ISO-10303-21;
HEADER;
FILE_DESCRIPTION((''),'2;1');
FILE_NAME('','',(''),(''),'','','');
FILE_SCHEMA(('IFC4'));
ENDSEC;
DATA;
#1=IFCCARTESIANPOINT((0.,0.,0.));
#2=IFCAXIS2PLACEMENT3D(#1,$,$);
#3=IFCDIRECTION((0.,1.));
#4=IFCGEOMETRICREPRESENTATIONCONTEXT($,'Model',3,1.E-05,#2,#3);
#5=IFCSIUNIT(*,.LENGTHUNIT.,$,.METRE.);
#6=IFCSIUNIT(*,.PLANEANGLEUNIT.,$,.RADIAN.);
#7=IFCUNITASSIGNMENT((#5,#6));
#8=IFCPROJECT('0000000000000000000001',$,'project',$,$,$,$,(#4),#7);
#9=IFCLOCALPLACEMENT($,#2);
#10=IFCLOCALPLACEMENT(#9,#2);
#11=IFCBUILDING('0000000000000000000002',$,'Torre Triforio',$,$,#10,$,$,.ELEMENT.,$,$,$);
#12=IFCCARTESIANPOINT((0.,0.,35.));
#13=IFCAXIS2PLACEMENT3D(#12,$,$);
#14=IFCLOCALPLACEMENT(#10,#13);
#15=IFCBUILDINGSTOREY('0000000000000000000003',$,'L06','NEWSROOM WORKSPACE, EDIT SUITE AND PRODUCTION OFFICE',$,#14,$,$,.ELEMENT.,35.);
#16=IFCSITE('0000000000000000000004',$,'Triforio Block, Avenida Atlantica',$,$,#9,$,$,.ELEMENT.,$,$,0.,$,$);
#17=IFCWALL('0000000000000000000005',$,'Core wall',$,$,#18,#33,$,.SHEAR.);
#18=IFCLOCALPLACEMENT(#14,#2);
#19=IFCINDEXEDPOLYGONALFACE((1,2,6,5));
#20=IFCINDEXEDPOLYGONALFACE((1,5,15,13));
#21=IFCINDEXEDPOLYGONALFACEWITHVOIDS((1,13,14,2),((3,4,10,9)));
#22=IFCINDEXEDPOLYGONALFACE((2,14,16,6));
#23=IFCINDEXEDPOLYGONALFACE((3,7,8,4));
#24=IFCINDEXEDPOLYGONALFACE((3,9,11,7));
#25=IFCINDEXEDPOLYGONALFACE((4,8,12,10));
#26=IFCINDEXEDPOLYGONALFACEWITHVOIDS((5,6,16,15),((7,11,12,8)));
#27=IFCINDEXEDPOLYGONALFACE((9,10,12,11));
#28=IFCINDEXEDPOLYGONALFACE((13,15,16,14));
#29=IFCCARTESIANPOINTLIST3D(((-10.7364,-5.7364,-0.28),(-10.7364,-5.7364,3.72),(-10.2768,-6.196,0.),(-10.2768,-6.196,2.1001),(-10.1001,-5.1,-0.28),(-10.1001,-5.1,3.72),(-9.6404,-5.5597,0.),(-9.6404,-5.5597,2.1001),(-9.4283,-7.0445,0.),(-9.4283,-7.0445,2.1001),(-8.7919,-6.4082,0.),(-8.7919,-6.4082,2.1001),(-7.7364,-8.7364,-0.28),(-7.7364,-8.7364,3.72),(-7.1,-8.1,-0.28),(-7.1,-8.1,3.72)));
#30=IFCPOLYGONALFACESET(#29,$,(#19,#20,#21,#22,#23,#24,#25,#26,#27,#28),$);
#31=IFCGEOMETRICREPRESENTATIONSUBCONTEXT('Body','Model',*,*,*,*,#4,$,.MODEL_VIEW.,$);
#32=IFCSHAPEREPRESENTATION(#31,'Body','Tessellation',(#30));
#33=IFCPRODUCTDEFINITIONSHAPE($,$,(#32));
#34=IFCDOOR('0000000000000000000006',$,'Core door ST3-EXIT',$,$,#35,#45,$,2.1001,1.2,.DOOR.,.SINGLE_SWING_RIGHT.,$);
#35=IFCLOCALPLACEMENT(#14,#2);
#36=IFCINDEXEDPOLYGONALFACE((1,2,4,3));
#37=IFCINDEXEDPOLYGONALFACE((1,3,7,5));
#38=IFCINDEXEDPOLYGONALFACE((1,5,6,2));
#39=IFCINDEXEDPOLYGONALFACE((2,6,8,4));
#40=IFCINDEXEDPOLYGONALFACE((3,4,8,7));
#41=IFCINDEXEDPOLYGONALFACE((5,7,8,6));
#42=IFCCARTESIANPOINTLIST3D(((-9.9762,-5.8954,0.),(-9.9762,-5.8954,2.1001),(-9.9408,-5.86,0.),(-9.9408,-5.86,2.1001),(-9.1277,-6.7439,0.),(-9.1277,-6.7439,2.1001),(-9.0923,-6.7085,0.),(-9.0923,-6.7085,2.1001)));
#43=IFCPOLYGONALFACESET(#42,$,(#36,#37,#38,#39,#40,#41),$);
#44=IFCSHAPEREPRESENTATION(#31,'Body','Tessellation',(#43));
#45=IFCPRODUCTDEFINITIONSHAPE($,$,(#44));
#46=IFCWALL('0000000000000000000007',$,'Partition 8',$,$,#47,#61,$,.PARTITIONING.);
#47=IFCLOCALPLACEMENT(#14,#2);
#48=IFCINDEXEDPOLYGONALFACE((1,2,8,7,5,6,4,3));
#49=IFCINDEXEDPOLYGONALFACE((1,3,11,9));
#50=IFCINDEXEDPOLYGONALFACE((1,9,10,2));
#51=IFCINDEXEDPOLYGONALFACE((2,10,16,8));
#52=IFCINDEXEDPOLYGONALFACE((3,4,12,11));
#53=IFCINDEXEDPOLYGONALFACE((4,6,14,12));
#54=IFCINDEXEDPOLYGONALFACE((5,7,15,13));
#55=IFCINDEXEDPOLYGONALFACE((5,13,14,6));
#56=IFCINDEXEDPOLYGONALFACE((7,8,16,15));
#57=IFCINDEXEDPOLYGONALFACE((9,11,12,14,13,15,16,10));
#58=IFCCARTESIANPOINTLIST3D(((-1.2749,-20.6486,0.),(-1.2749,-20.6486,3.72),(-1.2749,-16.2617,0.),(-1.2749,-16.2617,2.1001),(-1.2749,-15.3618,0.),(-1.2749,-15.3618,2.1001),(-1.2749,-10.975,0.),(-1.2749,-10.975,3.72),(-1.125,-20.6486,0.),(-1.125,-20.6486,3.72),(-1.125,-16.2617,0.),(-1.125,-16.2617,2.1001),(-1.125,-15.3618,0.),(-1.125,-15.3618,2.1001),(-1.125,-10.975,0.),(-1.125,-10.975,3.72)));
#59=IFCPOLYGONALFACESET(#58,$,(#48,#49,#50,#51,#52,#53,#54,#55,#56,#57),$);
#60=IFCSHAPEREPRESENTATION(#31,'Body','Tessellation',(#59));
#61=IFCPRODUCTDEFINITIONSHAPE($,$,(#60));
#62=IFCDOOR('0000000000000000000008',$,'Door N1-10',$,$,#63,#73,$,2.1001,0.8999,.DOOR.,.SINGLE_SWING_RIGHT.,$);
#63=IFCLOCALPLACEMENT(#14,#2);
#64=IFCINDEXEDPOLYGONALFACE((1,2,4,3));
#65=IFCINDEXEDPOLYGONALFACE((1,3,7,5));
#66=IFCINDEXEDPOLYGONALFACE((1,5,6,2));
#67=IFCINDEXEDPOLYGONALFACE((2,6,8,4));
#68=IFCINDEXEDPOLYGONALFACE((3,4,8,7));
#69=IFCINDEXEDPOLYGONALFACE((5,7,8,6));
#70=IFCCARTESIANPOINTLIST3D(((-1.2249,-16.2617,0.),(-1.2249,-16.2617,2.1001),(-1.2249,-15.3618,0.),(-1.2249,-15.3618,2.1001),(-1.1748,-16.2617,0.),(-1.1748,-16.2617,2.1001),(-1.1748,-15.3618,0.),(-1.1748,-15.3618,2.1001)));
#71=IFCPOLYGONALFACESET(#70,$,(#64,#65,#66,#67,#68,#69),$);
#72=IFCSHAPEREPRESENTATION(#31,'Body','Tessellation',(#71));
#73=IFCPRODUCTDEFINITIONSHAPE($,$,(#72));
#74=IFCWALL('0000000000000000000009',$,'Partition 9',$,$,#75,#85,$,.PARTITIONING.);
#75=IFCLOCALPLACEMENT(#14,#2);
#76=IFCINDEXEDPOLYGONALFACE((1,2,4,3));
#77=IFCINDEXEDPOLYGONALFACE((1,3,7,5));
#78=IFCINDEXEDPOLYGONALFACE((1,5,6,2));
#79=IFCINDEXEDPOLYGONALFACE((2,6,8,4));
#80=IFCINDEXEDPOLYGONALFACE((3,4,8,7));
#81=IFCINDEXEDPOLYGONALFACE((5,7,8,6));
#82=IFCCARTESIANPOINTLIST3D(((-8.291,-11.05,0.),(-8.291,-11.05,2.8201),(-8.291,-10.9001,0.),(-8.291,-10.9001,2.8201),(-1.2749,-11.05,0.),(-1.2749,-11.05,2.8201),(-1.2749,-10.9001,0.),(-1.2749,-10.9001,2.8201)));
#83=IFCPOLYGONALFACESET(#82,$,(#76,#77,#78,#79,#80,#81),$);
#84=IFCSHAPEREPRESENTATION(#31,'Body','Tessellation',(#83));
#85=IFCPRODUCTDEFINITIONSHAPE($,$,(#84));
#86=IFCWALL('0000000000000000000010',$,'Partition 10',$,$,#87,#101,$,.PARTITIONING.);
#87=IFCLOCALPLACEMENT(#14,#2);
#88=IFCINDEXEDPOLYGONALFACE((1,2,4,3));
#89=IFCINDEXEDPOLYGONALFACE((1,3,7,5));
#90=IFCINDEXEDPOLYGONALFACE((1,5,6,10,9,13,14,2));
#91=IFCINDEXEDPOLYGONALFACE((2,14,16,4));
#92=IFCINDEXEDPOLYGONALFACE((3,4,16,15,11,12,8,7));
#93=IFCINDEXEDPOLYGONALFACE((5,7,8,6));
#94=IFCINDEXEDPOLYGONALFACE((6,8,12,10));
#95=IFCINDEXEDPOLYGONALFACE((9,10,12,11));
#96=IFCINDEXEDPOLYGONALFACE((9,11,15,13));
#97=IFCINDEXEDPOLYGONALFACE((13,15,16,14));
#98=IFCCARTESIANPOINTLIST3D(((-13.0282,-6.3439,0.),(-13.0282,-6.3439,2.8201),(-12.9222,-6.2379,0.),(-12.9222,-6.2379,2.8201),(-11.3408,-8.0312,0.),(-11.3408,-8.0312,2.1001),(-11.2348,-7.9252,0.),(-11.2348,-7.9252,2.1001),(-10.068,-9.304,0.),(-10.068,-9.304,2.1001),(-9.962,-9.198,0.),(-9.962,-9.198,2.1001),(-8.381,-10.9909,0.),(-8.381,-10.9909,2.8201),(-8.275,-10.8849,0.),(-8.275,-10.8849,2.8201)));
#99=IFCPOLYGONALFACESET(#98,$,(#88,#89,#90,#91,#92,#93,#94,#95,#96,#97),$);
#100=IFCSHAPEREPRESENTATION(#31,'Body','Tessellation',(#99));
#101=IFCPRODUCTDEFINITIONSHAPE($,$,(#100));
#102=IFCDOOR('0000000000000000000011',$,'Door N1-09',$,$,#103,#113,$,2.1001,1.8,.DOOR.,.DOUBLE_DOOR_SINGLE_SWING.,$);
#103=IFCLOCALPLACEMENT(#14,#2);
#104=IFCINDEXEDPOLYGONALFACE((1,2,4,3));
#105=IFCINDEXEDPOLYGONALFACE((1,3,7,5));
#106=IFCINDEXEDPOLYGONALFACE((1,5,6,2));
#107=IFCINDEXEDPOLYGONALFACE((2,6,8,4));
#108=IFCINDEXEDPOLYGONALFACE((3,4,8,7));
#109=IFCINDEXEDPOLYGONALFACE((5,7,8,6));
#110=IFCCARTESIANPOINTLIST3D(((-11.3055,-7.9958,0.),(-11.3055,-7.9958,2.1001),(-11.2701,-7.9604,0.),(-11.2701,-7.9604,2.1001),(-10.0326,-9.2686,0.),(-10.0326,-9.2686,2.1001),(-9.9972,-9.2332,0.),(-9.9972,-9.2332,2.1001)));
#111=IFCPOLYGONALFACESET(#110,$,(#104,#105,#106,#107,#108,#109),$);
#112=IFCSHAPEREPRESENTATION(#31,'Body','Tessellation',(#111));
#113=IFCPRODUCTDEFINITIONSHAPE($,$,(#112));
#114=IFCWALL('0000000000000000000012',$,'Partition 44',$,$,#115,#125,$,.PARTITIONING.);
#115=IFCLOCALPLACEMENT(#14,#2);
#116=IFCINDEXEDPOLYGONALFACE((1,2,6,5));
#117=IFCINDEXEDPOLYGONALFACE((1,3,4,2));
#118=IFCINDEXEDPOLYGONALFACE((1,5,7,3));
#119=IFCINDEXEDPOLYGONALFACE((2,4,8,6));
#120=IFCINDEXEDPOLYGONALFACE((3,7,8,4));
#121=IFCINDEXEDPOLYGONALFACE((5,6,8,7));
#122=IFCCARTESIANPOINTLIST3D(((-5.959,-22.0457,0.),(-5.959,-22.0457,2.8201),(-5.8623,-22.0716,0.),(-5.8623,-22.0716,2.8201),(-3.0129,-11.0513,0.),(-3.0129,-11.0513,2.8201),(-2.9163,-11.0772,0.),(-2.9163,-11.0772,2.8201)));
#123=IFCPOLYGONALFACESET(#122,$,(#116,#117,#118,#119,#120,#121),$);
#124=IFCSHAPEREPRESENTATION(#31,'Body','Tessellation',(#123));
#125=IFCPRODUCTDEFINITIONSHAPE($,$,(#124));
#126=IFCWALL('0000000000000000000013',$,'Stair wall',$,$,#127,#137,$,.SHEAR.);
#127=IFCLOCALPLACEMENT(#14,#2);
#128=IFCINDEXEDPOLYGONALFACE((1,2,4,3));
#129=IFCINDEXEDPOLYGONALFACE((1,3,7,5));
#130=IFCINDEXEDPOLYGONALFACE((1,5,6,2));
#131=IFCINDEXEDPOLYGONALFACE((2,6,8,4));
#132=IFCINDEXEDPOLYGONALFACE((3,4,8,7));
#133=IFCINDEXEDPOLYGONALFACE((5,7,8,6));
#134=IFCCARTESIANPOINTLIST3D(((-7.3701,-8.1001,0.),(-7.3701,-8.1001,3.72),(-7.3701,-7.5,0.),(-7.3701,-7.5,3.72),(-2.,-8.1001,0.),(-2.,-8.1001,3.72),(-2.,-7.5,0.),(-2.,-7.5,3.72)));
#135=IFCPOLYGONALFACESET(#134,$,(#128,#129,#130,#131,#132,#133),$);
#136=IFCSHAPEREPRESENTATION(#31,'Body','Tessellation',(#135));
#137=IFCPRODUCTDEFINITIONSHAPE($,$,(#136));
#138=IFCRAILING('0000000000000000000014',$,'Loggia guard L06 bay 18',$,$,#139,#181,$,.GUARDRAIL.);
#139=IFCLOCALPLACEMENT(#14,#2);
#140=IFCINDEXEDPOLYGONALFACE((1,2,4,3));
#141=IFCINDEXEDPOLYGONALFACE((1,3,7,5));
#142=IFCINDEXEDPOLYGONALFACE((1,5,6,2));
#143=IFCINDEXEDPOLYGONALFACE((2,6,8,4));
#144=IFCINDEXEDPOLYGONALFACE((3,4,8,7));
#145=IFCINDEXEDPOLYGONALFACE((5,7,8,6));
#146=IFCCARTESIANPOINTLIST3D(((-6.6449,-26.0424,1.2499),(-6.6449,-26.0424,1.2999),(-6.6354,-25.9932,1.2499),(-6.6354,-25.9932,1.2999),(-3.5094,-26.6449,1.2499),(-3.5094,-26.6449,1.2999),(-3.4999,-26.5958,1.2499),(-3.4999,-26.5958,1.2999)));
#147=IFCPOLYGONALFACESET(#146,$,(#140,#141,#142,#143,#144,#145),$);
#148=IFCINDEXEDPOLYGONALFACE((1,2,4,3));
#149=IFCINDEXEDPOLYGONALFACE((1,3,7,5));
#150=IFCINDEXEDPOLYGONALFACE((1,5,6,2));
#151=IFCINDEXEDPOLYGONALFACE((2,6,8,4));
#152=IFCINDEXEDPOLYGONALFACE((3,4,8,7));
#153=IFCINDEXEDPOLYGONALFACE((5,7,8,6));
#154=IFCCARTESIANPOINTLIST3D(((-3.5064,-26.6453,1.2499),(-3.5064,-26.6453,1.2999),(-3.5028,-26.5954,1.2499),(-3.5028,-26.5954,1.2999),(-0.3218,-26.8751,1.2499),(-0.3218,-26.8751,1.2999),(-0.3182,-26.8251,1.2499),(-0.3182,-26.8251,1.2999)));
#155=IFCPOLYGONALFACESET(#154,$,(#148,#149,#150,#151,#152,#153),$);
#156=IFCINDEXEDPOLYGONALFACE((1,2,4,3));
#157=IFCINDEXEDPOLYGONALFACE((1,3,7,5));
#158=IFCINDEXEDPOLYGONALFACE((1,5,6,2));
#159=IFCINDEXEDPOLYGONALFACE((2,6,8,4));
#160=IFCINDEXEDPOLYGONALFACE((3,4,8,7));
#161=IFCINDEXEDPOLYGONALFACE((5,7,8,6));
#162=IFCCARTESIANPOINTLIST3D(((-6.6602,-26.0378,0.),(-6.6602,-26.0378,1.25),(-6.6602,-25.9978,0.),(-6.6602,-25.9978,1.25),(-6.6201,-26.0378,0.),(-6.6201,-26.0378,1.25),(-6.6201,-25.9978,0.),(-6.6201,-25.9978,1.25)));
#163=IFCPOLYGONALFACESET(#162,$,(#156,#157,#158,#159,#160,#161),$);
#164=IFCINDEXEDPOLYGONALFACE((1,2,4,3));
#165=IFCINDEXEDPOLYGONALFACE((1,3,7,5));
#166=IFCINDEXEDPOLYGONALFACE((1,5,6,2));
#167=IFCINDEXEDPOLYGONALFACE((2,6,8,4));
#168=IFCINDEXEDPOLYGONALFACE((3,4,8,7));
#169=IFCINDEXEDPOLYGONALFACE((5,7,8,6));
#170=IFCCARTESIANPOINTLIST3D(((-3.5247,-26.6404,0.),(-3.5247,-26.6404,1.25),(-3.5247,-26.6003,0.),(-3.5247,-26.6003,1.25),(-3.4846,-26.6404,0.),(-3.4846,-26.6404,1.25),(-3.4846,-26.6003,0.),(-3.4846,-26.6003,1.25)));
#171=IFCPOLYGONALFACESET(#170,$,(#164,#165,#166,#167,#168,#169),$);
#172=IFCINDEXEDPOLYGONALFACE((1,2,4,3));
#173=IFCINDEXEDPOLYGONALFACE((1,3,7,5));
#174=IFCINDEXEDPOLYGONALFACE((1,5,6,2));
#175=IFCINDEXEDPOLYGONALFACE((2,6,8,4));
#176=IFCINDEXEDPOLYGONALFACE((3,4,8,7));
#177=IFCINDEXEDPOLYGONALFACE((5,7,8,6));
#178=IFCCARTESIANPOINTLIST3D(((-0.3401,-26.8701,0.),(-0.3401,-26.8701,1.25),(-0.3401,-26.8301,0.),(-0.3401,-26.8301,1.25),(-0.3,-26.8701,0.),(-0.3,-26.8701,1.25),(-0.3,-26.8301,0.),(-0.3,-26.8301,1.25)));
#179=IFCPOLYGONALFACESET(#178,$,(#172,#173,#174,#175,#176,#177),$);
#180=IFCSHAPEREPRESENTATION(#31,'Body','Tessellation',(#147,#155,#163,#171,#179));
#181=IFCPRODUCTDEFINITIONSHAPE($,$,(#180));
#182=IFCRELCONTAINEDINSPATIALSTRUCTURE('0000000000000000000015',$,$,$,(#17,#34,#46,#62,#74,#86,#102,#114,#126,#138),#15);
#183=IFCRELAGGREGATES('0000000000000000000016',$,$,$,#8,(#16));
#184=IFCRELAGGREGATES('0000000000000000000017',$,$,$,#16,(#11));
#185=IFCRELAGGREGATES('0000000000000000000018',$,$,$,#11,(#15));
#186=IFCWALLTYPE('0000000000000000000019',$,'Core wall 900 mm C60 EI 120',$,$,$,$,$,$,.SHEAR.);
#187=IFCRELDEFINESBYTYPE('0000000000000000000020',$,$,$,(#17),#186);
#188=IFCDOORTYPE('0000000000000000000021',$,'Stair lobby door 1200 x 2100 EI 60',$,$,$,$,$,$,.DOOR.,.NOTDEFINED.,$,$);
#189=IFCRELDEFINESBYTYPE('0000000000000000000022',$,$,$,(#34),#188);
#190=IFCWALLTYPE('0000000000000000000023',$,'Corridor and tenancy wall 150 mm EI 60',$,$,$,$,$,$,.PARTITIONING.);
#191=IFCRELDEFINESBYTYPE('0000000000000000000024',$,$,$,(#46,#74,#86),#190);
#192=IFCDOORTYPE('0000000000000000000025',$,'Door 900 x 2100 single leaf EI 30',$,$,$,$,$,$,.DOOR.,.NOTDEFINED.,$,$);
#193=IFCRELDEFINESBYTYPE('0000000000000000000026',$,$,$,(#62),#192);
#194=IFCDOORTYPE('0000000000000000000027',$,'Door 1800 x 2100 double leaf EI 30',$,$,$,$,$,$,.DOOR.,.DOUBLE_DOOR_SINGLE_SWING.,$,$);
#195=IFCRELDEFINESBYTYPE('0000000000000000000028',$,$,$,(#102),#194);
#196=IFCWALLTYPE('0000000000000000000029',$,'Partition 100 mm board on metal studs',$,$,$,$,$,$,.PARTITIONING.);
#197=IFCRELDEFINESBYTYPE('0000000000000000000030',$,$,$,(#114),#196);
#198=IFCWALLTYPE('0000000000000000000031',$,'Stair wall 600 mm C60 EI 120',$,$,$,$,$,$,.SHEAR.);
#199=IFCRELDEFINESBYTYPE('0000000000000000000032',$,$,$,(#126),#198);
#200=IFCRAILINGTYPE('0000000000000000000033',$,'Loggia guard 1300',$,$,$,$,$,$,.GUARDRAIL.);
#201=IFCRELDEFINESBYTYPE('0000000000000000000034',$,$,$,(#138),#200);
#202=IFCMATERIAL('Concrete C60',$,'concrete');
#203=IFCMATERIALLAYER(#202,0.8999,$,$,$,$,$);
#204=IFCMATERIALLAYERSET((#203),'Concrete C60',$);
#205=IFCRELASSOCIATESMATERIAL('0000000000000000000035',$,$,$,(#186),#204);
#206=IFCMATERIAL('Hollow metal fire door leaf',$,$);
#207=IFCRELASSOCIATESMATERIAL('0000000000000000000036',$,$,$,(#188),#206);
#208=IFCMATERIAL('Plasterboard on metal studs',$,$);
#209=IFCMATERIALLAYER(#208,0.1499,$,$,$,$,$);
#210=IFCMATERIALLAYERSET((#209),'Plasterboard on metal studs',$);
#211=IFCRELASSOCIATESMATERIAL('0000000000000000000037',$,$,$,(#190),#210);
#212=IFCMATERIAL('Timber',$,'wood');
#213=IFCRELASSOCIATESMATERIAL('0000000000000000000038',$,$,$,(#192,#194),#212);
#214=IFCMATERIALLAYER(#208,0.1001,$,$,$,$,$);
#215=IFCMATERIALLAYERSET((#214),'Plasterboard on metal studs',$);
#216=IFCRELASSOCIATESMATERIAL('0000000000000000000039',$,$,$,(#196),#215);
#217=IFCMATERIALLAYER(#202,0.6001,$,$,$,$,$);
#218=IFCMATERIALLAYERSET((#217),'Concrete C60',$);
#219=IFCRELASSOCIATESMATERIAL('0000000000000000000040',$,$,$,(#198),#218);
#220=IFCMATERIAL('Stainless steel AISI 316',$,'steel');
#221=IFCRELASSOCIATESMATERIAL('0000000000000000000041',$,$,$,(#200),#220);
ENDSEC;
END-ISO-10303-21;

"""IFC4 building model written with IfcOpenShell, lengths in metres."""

from ifc_helpers import new_model, si_unit, direction, frame, frame_2d, origin, origin_2d, place, context, subcontext, project, spatial, rectangle, extrude, material, layer, layer_set, type_object, element, fill, save


model = new_model("IFC4")

# Units and contexts
model_context = context("Model", 3, precision=1e-05, world=origin(), true_north=direction((0.0, 1.0)))
body_context = subcontext(model_context, "Body", "Model", "MODEL_VIEW")
ifc_project = project(units=[si_unit("LENGTHUNIT", "METRE"), si_unit("PLANEANGLEUNIT", "RADIAN")], contexts=[model_context])

# Site, building, storey
site_placement = place(None, origin())
site = spatial("IfcSite", under=ifc_project, at=site_placement, Name="Triforio Block, Avenida Atlantica", CompositionType="ELEMENT", RefElevation=0.0)
building_placement = place(site_placement, origin())
building = spatial("IfcBuilding", under=site, at=building_placement, Name="Torre Triforio", CompositionType="ELEMENT")
storey_placement = place(building_placement, frame((0.0, 0.0, 35.0)))
storey = spatial("IfcBuildingStorey", under=building, at=storey_placement, Name="L06", Description="NEWSROOM WORKSPACE, EDIT SUITE AND PRODUCTION OFFICE", CompositionType="ELEMENT", Elevation=35.0)

# Shared definitions
ifc_material_1 = material(Name="Concrete C60", Category="concrete")

# Shared definitions
ifc_layer_1 = layer(ifc_material_1, 0.8999)
ifc_layer_set_1 = layer_set([ifc_layer_1], Name="Concrete C60")
wall_type_1 = type_object("IfcWallType", Name="Core wall 900 mm C60 EI 120", PredefinedType="SHEAR", material=ifc_layer_set_1)
ifc_material_2 = material(Name="Hollow metal fire door leaf")

# Walls, openings, doors
wall_1_placement = place(storey_placement, frame((-7.4182, -8.4182, -0.28), z_axis=(0.0, 0.0, 1.0), x_axis=(-0.707107, 0.707107, 0.0)))
wall_1 = element("IfcWall", 1, at=wall_1_placement, inside=storey, type_object=wall_type_1, Name="Core wall", PredefinedType="SHEAR", context=body_context, shape_type="SweptSolid", body=[
    extrude(rectangle(XDim=4.2427, YDim=0.8999, at=frame_2d((2.1213, 0.0))), origin(), (0.0, 0.0, 1.0), 4.0),
])
opening_1_placement = place(wall_1_placement, frame((2.3926, 0.0, 0.28)))
opening_1 = element("IfcOpeningElement", 2, at=opening_1_placement, cuts=wall_1, PredefinedType="OPENING", context=body_context, shape_type="SweptSolid", body=[
    extrude(rectangle(XDim=1.2, YDim=2.1001, at=frame_2d((0.6001, 1.05))), frame((0.0, 0.46, 0.0), z_axis=(0.0, -1.0, 0.0), x_axis=(1.0, 0.0, 0.0)), (0.0, 0.0, 1.0), 0.9199),
])
door_type_1 = type_object("IfcDoorType", Name="Stair lobby door 1200 x 2100 EI 60", OperationType="NOTDEFINED", PredefinedType="DOOR", material=ifc_material_2)
door_1_placement = place(opening_1_placement, origin())
door_1 = element("IfcDoor", 3, at=door_1_placement, inside=storey, type_object=door_type_1, Name="Core door ST3-EXIT", OperationType="SINGLE_SWING_RIGHT", OverallHeight=2.1001, OverallWidth=1.2, PredefinedType="DOOR", context=body_context, shape_type="SweptSolid", body=[
    extrude(rectangle(XDim=1.2, YDim=2.1001, at=frame_2d((0.6001, 1.05))), frame((0.0, 0.0249, 0.0), z_axis=(0.0, -1.0, 0.0), x_axis=(1.0, 0.0, 0.0)), (0.0, 0.0, 1.0), 0.05),
])
fill(opening_1, door_1)
ifc_material_3 = material(Name="Plasterboard on metal studs")
ifc_layer_2 = layer(ifc_material_3, 0.1499)
ifc_layer_set_2 = layer_set([ifc_layer_2], Name="Plasterboard on metal studs")
wall_type_2 = type_object("IfcWallType", Name="Corridor and tenancy wall 150 mm EI 60", PredefinedType="PARTITIONING", material=ifc_layer_set_2)
wall_2_placement = place(storey_placement, frame((-1.2, -20.6487, 0.0), z_axis=(0.0, 0.0, 1.0), x_axis=(0.0, 1.0, 0.0)))
wall_2 = element("IfcWall", 4, at=wall_2_placement, inside=storey, type_object=wall_type_2, Name="Partition 8", PredefinedType="PARTITIONING", context=body_context, shape_type="SweptSolid", body=[
    extrude(rectangle(XDim=9.6736, YDim=0.1499, at=frame_2d((4.8369, 0.0))), origin(), (0.0, 0.0, 1.0), 3.72),
])
opening_2_placement = place(wall_2_placement, frame((4.387, 0.0, 0.0)))
opening_2 = element("IfcOpeningElement", 5, at=opening_2_placement, cuts=wall_2, PredefinedType="OPENING", context=body_context, shape_type="SweptSolid", body=[
    extrude(rectangle(XDim=0.8999, YDim=2.1001, at=frame_2d((0.45, 1.05))), frame((0.0, 0.085, 0.0), z_axis=(0.0, -1.0, 0.0), x_axis=(1.0, 0.0, 0.0)), (0.0, 0.0, 1.0), 0.1699),
])
ifc_material_4 = material(Name="Timber", Category="wood")
door_type_2 = type_object("IfcDoorType", Name="Door 900 x 2100 single leaf EI 30", OperationType="NOTDEFINED", PredefinedType="DOOR", material=ifc_material_4)
door_2_placement = place(opening_2_placement, origin())
door_2 = element("IfcDoor", 6, at=door_2_placement, inside=storey, type_object=door_type_2, Name="Door N1-10", OperationType="SINGLE_SWING_RIGHT", OverallHeight=2.1001, OverallWidth=0.8999, PredefinedType="DOOR", context=body_context, shape_type="SweptSolid", body=[
    extrude(rectangle(XDim=0.8999, YDim=2.1001, at=frame_2d((0.45, 1.05))), frame((0.0, 0.0249, 0.0), z_axis=(0.0, -1.0, 0.0), x_axis=(1.0, 0.0, 0.0)), (0.0, 0.0, 1.0), 0.05),
])
fill(opening_2, door_2)

# Wall
wall_3_placement = place(storey_placement, frame((-1.2749, -10.9751, 0.0), z_axis=(0.0, 0.0, 1.0), x_axis=(-1.0, 0.0, 0.0)))
element("IfcWall", 7, at=wall_3_placement, inside=storey, type_object=wall_type_2, Name="Partition 9", PredefinedType="PARTITIONING", context=body_context, shape_type="SweptSolid", body=[
    extrude(rectangle(XDim=7.0161, YDim=0.1499, at=frame_2d((3.5081, 0.0))), origin(), (0.0, 0.0, 1.0), 2.8201),
])

# Wall, opening, door
wall_4_placement = place(storey_placement, frame((-8.3279, -10.938, 0.0), z_axis=(0.0, 0.0, 1.0), x_axis=(-0.707125, 0.707088, 0.0)))
wall_4 = element("IfcWall", 8, at=wall_4_placement, inside=storey, type_object=wall_type_2, Name="Partition 10", PredefinedType="PARTITIONING", context=body_context, shape_type="SweptSolid", body=[
    extrude(rectangle(XDim=6.572, YDim=0.1499, at=frame_2d((3.2861, 0.0))), origin(), (0.0, 0.0, 1.0), 2.8201),
])
opening_3_placement = place(wall_4_placement, frame((2.386, 0.0, 0.0)))
opening_3 = element("IfcOpeningElement", 9, at=opening_3_placement, cuts=wall_4, PredefinedType="OPENING", context=body_context, shape_type="SweptSolid", body=[
    extrude(rectangle(XDim=1.8, YDim=2.1001, at=frame_2d((0.8999, 1.05))), frame((0.0, 0.085, 0.0), z_axis=(0.0, -1.0, 0.0), x_axis=(1.0, 0.0, 0.0)), (0.0, 0.0, 1.0), 0.1699),
])
door_type_3 = type_object("IfcDoorType", Name="Door 1800 x 2100 double leaf EI 30", OperationType="DOUBLE_DOOR_SINGLE_SWING", PredefinedType="DOOR", material=ifc_material_4)
door_3_placement = place(opening_3_placement, origin())
door_3 = element("IfcDoor", 10, at=door_3_placement, inside=storey, type_object=door_type_3, Name="Door N1-09", OperationType="DOUBLE_DOOR_SINGLE_SWING", OverallHeight=2.1001, OverallWidth=1.8, PredefinedType="DOOR", context=body_context, shape_type="SweptSolid", body=[
    extrude(rectangle(XDim=1.8, YDim=2.1001, at=frame_2d((0.8999, 1.05))), frame((0.0, 0.0249, 0.0), z_axis=(0.0, -1.0, 0.0), x_axis=(1.0, 0.0, 0.0)), (0.0, 0.0, 1.0), 0.05),
])
fill(opening_3, door_3)

# Walls
ifc_layer_3 = layer(ifc_material_3, 0.1001)
ifc_layer_set_3 = layer_set([ifc_layer_3], Name="Plasterboard on metal studs")
wall_type_3 = type_object("IfcWallType", Name="Partition 100 mm board on metal studs", PredefinedType="PARTITIONING", material=ifc_layer_set_3)
wall_5_placement = place(storey_placement, frame((-2.9646, -11.0642, 0.0), z_axis=(0.0, 0.0, 1.0), x_axis=(-0.258828, -0.965923, 0.0)))
element("IfcWall", 11, at=wall_5_placement, inside=storey, type_object=wall_type_3, Name="Partition 44", PredefinedType="PARTITIONING", context=body_context, shape_type="SweptSolid", body=[
    extrude(rectangle(XDim=11.3823, YDim=0.1001, at=frame_2d((5.6912, 0.0))), origin(), (0.0, 0.0, 1.0), 2.8201),
])
ifc_layer_4 = layer(ifc_material_1, 0.6001)
ifc_layer_set_4 = layer_set([ifc_layer_4], Name="Concrete C60")
wall_type_4 = type_object("IfcWallType", Name="Stair wall 600 mm C60 EI 120", PredefinedType="SHEAR", material=ifc_layer_set_4)
wall_6_placement = place(storey_placement, frame((-7.3701, -7.8, 0.0), z_axis=(0.0, 0.0, 1.0), x_axis=(1.0, 0.0, 0.0)))
element("IfcWall", 12, at=wall_6_placement, inside=storey, type_object=wall_type_4, Name="Stair wall", PredefinedType="SHEAR", context=body_context, shape_type="SweptSolid", body=[
    extrude(rectangle(XDim=5.3701, YDim=0.6001, at=frame_2d((2.6851, 0.0))), origin(), (0.0, 0.0, 1.0), 3.72),
])

# Railing
ifc_material_5 = material(Name="Stainless steel AISI 316", Category="steel")
railing_type = type_object("IfcRailingType", Name="Loggia guard 1300", PredefinedType="GUARDRAIL", material=ifc_material_5)
railing_placement = place(storey_placement, frame((-6.6401, -26.0178, 0.0)))
element("IfcRailing", 13, at=railing_placement, inside=storey, type_object=railing_type, Name="Loggia guard L06 bay 18", PredefinedType="GUARDRAIL", context=body_context, shape_type="SweptSolid", body=[
    extrude(rectangle(XDim=0.05, YDim=0.05, at=origin_2d()), frame((0.0, 0.0, 1.2749), z_axis=(0.982032, -0.188714, 0.0), x_axis=(0.188714, 0.982032, 0.0)), (0.0, 0.0, 1.0), 3.1929),
    extrude(rectangle(XDim=0.05, YDim=0.05, at=origin_2d()), frame((3.1355, -0.6025, 1.2749), z_axis=(0.997408, -0.071953, 0.0), x_axis=(0.071953, 0.997408, 0.0)), (0.0, 0.0, 1.0), 3.1929),
    extrude(rectangle(XDim=0.04, YDim=0.04, at=origin_2d()), origin(), (0.0, 0.0, 1.0), 1.25),
    extrude(rectangle(XDim=0.04, YDim=0.04, at=origin_2d()), frame((3.1355, -0.6025, 0.0)), (0.0, 0.0, 1.0), 1.25),
    extrude(rectangle(XDim=0.04, YDim=0.04, at=origin_2d()), frame((6.3201, -0.8323, 0.0)), (0.0, 0.0, 1.0), 1.25),
])

save(model, "model.ifc")
